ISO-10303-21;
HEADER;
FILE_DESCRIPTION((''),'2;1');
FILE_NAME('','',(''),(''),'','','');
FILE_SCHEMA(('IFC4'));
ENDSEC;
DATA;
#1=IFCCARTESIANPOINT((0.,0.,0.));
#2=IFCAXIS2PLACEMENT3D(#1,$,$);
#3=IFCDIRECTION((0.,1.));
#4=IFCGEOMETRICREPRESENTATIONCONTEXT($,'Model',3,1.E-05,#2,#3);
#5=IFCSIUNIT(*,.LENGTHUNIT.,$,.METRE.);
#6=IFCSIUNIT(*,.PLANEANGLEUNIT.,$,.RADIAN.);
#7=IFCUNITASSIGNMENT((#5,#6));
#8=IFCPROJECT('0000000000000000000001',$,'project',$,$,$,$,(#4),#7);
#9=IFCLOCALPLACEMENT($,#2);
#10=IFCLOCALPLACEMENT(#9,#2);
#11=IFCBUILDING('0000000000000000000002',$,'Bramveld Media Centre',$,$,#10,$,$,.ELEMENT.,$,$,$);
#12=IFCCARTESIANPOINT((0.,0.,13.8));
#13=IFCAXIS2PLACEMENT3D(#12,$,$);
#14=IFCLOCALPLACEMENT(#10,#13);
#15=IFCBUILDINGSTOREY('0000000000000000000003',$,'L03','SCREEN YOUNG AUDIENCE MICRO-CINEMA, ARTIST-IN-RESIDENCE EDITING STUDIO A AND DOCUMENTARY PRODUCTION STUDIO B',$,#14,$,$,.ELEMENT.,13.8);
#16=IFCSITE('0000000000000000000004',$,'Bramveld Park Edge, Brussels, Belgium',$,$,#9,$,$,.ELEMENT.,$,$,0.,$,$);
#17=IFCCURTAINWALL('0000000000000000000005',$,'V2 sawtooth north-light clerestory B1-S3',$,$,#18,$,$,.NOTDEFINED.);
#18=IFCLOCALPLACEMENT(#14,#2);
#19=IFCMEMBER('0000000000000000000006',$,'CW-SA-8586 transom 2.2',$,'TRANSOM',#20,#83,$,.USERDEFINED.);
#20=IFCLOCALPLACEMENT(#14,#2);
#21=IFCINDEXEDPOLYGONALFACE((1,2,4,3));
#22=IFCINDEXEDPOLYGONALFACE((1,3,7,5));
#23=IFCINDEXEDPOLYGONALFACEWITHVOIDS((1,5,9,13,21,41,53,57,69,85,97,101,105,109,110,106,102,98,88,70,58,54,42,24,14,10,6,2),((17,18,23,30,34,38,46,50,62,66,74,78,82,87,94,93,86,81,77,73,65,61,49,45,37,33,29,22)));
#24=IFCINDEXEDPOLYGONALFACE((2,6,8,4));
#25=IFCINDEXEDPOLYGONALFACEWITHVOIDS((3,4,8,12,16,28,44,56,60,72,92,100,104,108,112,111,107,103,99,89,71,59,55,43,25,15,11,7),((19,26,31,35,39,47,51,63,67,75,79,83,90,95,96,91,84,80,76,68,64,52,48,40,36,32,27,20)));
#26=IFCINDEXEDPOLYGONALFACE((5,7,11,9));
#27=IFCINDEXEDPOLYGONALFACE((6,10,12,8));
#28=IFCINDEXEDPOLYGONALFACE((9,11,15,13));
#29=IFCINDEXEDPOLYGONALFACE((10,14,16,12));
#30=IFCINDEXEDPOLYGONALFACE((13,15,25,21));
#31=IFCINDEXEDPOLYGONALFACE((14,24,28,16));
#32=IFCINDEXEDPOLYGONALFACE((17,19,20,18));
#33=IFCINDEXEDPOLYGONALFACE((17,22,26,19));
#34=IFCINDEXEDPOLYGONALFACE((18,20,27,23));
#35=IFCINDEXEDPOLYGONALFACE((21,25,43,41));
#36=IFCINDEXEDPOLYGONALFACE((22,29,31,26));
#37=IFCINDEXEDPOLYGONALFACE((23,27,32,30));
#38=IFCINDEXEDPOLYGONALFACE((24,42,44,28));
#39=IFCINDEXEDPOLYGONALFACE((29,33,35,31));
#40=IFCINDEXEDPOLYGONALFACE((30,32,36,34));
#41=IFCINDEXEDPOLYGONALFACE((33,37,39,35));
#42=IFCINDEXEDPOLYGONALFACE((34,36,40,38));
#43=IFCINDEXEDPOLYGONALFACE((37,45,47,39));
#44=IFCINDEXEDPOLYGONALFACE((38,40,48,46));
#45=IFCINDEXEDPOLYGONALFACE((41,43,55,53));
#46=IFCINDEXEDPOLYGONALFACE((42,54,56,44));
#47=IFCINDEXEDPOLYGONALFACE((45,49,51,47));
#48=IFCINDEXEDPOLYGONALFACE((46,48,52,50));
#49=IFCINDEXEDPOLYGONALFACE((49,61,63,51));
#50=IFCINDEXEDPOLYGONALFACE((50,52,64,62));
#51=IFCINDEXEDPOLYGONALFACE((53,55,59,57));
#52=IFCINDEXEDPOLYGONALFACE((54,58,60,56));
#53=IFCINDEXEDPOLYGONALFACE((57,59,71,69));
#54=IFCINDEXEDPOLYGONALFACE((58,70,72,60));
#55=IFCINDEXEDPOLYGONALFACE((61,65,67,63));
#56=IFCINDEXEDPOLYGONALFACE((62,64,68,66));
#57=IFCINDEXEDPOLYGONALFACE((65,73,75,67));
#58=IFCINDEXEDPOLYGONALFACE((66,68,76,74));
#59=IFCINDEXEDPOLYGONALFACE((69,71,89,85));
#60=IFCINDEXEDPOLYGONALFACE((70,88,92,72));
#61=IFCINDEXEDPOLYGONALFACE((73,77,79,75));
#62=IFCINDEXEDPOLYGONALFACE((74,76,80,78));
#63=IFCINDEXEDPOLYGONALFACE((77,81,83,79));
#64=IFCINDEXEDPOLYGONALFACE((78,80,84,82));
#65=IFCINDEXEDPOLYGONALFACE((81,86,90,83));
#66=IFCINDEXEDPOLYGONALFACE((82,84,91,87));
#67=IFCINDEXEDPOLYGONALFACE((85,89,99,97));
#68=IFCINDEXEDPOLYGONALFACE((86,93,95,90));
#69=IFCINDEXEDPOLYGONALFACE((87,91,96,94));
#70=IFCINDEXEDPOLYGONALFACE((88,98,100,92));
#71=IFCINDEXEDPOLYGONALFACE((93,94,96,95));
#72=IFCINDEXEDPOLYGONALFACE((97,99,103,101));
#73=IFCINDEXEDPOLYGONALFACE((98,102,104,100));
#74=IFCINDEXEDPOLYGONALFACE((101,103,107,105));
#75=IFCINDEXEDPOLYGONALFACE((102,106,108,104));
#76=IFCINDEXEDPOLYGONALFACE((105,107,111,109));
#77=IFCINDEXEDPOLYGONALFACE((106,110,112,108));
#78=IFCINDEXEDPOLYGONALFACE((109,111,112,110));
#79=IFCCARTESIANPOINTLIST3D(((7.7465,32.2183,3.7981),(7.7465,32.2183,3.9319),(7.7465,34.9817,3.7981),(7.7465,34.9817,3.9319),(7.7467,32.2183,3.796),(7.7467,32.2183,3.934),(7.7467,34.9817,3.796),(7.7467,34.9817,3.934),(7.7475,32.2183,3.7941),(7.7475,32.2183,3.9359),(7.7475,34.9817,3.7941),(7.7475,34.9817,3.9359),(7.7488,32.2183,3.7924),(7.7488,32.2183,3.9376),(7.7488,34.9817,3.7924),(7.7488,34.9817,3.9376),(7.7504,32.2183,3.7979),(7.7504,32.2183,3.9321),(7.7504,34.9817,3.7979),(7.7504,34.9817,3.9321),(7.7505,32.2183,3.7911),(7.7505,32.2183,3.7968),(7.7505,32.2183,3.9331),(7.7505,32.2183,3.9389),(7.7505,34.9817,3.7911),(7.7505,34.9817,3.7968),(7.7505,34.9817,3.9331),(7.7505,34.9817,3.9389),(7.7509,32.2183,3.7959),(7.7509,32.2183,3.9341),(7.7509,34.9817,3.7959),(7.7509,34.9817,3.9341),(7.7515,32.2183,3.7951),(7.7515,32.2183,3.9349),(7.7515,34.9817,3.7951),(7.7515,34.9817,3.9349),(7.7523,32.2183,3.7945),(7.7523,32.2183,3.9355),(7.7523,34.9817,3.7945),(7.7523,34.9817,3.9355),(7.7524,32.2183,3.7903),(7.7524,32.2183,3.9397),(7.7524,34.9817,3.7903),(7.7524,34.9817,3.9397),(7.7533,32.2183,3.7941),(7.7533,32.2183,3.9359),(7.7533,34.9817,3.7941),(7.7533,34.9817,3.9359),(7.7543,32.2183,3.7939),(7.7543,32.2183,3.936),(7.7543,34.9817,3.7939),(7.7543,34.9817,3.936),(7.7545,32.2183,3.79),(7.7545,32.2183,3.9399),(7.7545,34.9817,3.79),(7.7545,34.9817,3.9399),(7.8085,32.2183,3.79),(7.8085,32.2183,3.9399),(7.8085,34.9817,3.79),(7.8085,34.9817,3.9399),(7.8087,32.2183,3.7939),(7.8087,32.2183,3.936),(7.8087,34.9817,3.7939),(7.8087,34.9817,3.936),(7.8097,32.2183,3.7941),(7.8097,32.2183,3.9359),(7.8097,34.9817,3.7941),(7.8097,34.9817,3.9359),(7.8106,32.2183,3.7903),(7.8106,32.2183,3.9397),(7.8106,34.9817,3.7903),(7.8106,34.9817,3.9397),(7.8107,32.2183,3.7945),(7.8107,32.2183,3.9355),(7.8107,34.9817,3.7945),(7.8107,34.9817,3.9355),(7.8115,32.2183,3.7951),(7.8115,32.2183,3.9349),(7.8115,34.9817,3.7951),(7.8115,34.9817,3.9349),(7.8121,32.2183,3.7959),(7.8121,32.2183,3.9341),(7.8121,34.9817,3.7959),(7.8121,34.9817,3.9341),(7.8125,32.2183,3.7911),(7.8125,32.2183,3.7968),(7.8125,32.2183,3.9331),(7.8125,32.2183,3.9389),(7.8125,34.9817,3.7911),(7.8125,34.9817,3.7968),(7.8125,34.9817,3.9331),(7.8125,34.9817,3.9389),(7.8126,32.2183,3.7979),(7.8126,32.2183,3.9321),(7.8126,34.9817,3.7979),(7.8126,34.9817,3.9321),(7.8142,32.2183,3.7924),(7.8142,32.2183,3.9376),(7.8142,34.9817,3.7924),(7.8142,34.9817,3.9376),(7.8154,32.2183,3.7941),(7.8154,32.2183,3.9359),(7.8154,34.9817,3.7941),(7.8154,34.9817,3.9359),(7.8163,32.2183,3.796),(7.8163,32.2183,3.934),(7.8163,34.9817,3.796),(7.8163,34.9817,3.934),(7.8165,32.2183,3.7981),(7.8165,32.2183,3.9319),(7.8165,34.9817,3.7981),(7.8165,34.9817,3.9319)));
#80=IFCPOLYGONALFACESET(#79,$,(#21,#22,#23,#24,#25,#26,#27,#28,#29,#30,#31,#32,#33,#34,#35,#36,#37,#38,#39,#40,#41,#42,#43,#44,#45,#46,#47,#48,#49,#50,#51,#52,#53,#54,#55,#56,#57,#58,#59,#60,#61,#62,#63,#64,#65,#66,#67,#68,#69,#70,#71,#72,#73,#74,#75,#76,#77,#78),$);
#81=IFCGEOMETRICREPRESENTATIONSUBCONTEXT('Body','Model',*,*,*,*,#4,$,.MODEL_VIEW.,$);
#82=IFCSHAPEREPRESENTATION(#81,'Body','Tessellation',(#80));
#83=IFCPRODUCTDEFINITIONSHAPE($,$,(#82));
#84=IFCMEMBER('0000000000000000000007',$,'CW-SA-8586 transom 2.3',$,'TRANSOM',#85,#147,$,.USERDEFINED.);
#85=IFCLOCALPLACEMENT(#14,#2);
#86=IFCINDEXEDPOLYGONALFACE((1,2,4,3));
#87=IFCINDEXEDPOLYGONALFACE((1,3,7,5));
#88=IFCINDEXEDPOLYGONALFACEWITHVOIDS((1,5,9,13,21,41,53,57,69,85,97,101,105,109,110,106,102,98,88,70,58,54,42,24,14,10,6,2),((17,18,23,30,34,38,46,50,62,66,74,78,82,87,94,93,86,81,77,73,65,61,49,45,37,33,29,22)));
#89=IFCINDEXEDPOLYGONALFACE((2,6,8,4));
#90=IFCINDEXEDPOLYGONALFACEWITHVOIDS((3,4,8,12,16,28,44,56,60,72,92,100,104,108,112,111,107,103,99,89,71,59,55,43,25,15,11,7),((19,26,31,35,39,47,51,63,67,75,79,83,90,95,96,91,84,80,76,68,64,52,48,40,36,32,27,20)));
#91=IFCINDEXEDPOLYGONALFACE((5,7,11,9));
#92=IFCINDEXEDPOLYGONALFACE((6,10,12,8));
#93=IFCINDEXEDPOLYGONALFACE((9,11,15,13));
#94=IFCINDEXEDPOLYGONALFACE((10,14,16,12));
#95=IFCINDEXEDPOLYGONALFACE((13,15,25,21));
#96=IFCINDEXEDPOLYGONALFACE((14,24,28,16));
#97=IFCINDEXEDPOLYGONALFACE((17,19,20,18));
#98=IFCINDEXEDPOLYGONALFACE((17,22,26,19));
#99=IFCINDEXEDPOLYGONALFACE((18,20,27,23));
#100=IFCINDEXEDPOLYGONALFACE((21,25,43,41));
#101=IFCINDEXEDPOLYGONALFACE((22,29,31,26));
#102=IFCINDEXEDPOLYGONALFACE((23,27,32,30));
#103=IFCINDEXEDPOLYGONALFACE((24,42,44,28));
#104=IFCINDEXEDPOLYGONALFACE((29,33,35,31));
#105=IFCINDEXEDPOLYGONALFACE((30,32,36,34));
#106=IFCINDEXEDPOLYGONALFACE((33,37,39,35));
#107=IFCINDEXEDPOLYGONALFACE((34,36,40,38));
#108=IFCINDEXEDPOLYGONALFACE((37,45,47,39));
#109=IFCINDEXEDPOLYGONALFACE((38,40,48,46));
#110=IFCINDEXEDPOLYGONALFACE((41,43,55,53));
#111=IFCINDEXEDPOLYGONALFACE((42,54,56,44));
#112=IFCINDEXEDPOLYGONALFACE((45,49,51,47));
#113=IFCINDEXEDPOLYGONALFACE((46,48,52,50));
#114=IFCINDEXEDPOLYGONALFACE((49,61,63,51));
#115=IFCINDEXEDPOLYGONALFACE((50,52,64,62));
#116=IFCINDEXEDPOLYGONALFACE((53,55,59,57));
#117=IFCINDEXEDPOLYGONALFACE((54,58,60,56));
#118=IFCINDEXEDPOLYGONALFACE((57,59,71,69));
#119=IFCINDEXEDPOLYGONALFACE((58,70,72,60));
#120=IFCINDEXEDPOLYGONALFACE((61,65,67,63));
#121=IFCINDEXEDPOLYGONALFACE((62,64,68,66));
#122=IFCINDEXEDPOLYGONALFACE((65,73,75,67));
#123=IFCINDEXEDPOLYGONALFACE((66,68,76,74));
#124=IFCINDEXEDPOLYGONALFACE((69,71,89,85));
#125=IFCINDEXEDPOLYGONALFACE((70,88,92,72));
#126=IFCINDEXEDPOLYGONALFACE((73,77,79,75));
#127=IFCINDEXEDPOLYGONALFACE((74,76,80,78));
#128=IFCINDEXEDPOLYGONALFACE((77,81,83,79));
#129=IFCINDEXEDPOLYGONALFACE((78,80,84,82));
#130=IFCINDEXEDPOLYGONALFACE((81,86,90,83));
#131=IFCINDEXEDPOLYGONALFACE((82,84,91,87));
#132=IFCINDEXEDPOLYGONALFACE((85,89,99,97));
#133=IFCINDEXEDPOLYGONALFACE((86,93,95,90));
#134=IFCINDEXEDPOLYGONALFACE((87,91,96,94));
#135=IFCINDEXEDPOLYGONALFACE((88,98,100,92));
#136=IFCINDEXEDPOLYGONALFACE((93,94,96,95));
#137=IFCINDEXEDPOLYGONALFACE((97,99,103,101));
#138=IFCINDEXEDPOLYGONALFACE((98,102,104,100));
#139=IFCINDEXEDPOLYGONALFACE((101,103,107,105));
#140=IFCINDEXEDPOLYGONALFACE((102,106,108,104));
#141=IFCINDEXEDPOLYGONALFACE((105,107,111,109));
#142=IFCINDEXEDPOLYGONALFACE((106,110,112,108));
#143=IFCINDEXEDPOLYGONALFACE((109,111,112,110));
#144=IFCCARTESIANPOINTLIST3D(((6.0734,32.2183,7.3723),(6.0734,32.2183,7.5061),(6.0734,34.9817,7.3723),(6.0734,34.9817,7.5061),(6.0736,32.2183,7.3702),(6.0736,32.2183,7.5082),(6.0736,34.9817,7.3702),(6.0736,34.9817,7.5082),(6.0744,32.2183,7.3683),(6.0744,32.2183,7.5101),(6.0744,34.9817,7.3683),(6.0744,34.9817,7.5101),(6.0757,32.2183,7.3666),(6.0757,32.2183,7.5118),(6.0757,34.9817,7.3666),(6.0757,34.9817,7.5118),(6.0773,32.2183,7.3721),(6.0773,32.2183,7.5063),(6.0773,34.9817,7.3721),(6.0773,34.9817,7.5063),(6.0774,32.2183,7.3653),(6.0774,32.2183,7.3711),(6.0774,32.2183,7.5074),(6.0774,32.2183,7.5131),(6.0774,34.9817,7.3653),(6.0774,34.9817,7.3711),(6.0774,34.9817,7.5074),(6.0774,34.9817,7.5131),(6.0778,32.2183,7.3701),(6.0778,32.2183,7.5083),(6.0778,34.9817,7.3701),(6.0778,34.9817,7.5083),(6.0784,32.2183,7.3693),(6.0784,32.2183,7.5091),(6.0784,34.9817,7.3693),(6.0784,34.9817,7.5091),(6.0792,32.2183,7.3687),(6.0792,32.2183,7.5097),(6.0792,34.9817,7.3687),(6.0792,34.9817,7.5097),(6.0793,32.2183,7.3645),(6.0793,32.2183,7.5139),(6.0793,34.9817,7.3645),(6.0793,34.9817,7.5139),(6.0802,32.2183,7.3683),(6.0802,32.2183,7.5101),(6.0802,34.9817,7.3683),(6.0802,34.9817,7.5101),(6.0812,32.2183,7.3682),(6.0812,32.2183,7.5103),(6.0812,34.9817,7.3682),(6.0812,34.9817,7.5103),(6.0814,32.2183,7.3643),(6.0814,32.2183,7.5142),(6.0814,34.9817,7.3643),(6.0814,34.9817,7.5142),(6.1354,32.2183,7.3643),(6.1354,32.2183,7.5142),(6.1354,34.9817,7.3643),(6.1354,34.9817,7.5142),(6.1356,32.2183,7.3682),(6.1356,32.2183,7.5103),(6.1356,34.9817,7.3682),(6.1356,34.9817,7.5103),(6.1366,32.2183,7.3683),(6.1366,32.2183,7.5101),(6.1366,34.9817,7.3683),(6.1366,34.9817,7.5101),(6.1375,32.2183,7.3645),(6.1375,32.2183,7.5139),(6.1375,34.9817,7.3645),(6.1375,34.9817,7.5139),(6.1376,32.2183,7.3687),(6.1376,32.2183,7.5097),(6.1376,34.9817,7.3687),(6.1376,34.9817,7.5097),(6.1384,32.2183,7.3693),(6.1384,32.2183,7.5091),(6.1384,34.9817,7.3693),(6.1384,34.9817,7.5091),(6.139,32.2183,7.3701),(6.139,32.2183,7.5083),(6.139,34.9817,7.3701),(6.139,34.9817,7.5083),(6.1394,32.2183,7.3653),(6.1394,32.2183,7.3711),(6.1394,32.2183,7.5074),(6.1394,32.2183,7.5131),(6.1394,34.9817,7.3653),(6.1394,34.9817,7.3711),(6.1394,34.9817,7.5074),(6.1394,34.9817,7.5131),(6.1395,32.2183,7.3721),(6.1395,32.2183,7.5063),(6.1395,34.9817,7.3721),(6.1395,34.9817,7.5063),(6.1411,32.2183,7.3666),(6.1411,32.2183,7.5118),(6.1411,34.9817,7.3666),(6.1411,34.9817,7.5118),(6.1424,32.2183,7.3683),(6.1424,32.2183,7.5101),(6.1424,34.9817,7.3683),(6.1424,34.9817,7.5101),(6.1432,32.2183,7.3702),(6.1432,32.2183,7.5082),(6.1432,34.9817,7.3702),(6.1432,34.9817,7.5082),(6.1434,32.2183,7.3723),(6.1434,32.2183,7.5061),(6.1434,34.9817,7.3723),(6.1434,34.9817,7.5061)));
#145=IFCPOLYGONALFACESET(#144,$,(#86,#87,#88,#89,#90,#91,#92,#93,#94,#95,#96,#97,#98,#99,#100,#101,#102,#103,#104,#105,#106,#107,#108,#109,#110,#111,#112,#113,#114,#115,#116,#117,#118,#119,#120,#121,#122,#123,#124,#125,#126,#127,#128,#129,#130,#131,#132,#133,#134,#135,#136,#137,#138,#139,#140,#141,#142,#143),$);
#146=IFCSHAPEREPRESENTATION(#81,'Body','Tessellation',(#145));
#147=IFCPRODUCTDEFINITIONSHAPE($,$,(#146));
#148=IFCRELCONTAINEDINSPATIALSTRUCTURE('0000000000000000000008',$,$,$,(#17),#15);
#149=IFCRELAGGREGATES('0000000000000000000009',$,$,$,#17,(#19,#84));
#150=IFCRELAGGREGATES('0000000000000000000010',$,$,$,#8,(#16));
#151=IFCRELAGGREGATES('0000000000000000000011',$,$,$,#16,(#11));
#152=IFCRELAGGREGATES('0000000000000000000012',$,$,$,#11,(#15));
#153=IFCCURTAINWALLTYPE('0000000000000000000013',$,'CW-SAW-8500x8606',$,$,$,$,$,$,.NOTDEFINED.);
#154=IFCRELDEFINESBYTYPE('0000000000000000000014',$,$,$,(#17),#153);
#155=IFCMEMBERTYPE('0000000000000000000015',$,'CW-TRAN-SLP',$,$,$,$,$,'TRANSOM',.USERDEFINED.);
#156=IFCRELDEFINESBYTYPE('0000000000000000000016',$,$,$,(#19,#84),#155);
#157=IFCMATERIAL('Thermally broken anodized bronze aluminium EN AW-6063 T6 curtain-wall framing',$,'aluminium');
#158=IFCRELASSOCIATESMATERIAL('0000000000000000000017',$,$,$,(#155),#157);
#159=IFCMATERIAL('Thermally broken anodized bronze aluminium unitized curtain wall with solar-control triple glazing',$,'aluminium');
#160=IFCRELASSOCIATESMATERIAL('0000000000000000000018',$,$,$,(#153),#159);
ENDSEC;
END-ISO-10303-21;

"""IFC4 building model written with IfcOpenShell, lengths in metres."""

from ifc_helpers import new_model, si_unit, direction, frame, origin, origin_2d, place, context, subcontext, project, spatial, hollow_rectangle, extrude, material, material_profile, profile_set, type_object, element, aggregate, save


model = new_model("IFC4")

# Units and contexts
model_context = context("Model", 3, precision=1e-05, world=origin(), true_north=direction((0.0, 1.0)))
body_context = subcontext(model_context, "Body", "Model", "MODEL_VIEW")
ifc_project = project(units=[si_unit("LENGTHUNIT", "METRE"), si_unit("PLANEANGLEUNIT", "RADIAN")], contexts=[model_context])

# Site, building, storey
site_placement = place(None, origin())
site = spatial("IfcSite", under=ifc_project, at=site_placement, Name="Bramveld Park Edge, Brussels, Belgium", CompositionType="ELEMENT", RefElevation=0.0)
building_placement = place(site_placement, origin())
building = spatial("IfcBuilding", under=site, at=building_placement, Name="Bramveld Media Centre", CompositionType="ELEMENT")
storey_placement = place(building_placement, frame((0.0, 0.0, 13.8)))
storey = spatial("IfcBuildingStorey", under=building, at=storey_placement, Name="L03", Description="SCREEN YOUNG AUDIENCE MICRO-CINEMA, ARTIST-IN-RESIDENCE EDITING STUDIO A AND DOCUMENTARY PRODUCTION STUDIO B", CompositionType="ELEMENT", Elevation=13.8)

# Curtain wall, members
ifc_material_1 = material(Name="Thermally broken anodized bronze aluminium EN AW-6063 T6 curtain-wall framing", Category="aluminium")
ifc_material_profile_1 = material_profile(ifc_material_1, hollow_rectangle(XDim=0.0701, YDim=0.1499, WallThickness=0.0039, InnerFilletRadius=0.0039, OuterFilletRadius=0.0081, at=origin_2d()), Name="AL-TRAN 70x150")
ifc_profile_set_1 = profile_set([ifc_material_profile_1], Name="Thermally broken anodized bronze aluminium EN AW-6063 T6 curtain-wall framing")
member_type_1 = type_object("IfcMemberType", Name="CW-TRAN-SLP", ElementType="TRANSOM", PredefinedType="USERDEFINED", material=ifc_profile_set_1)
ifc_material_2 = material(Name="Thermally broken anodized bronze aluminium unitized curtain wall with solar-control triple glazing", Category="aluminium")
curtain_wall_type_1 = type_object("IfcCurtainWallType", Name="CW-SAW-8500x8606", PredefinedType="NOTDEFINED", material=ifc_material_2)
curtain_wall_1_placement = place(storey_placement, origin())
curtain_wall_1 = element("IfcCurtainWall", 1, at=curtain_wall_1_placement, inside=storey, type_object=curtain_wall_type_1, Name="V2 sawtooth north-light clerestory B1-S3", PredefinedType="NOTDEFINED")
member_1_placement = place(storey_placement, frame((7.7815, 32.2183, 3.865), z_axis=(0.0, 1.0, 0.0), x_axis=(-1.0, 0.0, 0.0)))
member_1 = element("IfcMember", 2, at=member_1_placement, type_object=member_type_1, Name="CW-SA-8586 transom 2.2", ObjectType="TRANSOM", PredefinedType="USERDEFINED", context=body_context, shape_type="SweptSolid", body=[
    extrude(hollow_rectangle(XDim=0.0701, YDim=0.1499, WallThickness=0.0039, InnerFilletRadius=0.0039, OuterFilletRadius=0.0081, at=origin_2d()), origin(), (0.0, 0.0, 1.0), 2.7634),
])
member_2_placement = place(storey_placement, frame((6.1084, 32.2183, 7.4392), z_axis=(0.0, 1.0, 0.0), x_axis=(-1.0, 0.0, 0.0)))
member_2 = element("IfcMember", 3, at=member_2_placement, type_object=member_type_1, Name="CW-SA-8586 transom 2.3", ObjectType="TRANSOM", PredefinedType="USERDEFINED", context=body_context, shape_type="SweptSolid", body=[
    extrude(hollow_rectangle(XDim=0.0701, YDim=0.1499, WallThickness=0.0039, InnerFilletRadius=0.0039, OuterFilletRadius=0.0081, at=origin_2d()), origin(), (0.0, 0.0, 1.0), 2.7634),
])

aggregate(curtain_wall_1, [member_1, member_2])

save(model, "model.ifc")
